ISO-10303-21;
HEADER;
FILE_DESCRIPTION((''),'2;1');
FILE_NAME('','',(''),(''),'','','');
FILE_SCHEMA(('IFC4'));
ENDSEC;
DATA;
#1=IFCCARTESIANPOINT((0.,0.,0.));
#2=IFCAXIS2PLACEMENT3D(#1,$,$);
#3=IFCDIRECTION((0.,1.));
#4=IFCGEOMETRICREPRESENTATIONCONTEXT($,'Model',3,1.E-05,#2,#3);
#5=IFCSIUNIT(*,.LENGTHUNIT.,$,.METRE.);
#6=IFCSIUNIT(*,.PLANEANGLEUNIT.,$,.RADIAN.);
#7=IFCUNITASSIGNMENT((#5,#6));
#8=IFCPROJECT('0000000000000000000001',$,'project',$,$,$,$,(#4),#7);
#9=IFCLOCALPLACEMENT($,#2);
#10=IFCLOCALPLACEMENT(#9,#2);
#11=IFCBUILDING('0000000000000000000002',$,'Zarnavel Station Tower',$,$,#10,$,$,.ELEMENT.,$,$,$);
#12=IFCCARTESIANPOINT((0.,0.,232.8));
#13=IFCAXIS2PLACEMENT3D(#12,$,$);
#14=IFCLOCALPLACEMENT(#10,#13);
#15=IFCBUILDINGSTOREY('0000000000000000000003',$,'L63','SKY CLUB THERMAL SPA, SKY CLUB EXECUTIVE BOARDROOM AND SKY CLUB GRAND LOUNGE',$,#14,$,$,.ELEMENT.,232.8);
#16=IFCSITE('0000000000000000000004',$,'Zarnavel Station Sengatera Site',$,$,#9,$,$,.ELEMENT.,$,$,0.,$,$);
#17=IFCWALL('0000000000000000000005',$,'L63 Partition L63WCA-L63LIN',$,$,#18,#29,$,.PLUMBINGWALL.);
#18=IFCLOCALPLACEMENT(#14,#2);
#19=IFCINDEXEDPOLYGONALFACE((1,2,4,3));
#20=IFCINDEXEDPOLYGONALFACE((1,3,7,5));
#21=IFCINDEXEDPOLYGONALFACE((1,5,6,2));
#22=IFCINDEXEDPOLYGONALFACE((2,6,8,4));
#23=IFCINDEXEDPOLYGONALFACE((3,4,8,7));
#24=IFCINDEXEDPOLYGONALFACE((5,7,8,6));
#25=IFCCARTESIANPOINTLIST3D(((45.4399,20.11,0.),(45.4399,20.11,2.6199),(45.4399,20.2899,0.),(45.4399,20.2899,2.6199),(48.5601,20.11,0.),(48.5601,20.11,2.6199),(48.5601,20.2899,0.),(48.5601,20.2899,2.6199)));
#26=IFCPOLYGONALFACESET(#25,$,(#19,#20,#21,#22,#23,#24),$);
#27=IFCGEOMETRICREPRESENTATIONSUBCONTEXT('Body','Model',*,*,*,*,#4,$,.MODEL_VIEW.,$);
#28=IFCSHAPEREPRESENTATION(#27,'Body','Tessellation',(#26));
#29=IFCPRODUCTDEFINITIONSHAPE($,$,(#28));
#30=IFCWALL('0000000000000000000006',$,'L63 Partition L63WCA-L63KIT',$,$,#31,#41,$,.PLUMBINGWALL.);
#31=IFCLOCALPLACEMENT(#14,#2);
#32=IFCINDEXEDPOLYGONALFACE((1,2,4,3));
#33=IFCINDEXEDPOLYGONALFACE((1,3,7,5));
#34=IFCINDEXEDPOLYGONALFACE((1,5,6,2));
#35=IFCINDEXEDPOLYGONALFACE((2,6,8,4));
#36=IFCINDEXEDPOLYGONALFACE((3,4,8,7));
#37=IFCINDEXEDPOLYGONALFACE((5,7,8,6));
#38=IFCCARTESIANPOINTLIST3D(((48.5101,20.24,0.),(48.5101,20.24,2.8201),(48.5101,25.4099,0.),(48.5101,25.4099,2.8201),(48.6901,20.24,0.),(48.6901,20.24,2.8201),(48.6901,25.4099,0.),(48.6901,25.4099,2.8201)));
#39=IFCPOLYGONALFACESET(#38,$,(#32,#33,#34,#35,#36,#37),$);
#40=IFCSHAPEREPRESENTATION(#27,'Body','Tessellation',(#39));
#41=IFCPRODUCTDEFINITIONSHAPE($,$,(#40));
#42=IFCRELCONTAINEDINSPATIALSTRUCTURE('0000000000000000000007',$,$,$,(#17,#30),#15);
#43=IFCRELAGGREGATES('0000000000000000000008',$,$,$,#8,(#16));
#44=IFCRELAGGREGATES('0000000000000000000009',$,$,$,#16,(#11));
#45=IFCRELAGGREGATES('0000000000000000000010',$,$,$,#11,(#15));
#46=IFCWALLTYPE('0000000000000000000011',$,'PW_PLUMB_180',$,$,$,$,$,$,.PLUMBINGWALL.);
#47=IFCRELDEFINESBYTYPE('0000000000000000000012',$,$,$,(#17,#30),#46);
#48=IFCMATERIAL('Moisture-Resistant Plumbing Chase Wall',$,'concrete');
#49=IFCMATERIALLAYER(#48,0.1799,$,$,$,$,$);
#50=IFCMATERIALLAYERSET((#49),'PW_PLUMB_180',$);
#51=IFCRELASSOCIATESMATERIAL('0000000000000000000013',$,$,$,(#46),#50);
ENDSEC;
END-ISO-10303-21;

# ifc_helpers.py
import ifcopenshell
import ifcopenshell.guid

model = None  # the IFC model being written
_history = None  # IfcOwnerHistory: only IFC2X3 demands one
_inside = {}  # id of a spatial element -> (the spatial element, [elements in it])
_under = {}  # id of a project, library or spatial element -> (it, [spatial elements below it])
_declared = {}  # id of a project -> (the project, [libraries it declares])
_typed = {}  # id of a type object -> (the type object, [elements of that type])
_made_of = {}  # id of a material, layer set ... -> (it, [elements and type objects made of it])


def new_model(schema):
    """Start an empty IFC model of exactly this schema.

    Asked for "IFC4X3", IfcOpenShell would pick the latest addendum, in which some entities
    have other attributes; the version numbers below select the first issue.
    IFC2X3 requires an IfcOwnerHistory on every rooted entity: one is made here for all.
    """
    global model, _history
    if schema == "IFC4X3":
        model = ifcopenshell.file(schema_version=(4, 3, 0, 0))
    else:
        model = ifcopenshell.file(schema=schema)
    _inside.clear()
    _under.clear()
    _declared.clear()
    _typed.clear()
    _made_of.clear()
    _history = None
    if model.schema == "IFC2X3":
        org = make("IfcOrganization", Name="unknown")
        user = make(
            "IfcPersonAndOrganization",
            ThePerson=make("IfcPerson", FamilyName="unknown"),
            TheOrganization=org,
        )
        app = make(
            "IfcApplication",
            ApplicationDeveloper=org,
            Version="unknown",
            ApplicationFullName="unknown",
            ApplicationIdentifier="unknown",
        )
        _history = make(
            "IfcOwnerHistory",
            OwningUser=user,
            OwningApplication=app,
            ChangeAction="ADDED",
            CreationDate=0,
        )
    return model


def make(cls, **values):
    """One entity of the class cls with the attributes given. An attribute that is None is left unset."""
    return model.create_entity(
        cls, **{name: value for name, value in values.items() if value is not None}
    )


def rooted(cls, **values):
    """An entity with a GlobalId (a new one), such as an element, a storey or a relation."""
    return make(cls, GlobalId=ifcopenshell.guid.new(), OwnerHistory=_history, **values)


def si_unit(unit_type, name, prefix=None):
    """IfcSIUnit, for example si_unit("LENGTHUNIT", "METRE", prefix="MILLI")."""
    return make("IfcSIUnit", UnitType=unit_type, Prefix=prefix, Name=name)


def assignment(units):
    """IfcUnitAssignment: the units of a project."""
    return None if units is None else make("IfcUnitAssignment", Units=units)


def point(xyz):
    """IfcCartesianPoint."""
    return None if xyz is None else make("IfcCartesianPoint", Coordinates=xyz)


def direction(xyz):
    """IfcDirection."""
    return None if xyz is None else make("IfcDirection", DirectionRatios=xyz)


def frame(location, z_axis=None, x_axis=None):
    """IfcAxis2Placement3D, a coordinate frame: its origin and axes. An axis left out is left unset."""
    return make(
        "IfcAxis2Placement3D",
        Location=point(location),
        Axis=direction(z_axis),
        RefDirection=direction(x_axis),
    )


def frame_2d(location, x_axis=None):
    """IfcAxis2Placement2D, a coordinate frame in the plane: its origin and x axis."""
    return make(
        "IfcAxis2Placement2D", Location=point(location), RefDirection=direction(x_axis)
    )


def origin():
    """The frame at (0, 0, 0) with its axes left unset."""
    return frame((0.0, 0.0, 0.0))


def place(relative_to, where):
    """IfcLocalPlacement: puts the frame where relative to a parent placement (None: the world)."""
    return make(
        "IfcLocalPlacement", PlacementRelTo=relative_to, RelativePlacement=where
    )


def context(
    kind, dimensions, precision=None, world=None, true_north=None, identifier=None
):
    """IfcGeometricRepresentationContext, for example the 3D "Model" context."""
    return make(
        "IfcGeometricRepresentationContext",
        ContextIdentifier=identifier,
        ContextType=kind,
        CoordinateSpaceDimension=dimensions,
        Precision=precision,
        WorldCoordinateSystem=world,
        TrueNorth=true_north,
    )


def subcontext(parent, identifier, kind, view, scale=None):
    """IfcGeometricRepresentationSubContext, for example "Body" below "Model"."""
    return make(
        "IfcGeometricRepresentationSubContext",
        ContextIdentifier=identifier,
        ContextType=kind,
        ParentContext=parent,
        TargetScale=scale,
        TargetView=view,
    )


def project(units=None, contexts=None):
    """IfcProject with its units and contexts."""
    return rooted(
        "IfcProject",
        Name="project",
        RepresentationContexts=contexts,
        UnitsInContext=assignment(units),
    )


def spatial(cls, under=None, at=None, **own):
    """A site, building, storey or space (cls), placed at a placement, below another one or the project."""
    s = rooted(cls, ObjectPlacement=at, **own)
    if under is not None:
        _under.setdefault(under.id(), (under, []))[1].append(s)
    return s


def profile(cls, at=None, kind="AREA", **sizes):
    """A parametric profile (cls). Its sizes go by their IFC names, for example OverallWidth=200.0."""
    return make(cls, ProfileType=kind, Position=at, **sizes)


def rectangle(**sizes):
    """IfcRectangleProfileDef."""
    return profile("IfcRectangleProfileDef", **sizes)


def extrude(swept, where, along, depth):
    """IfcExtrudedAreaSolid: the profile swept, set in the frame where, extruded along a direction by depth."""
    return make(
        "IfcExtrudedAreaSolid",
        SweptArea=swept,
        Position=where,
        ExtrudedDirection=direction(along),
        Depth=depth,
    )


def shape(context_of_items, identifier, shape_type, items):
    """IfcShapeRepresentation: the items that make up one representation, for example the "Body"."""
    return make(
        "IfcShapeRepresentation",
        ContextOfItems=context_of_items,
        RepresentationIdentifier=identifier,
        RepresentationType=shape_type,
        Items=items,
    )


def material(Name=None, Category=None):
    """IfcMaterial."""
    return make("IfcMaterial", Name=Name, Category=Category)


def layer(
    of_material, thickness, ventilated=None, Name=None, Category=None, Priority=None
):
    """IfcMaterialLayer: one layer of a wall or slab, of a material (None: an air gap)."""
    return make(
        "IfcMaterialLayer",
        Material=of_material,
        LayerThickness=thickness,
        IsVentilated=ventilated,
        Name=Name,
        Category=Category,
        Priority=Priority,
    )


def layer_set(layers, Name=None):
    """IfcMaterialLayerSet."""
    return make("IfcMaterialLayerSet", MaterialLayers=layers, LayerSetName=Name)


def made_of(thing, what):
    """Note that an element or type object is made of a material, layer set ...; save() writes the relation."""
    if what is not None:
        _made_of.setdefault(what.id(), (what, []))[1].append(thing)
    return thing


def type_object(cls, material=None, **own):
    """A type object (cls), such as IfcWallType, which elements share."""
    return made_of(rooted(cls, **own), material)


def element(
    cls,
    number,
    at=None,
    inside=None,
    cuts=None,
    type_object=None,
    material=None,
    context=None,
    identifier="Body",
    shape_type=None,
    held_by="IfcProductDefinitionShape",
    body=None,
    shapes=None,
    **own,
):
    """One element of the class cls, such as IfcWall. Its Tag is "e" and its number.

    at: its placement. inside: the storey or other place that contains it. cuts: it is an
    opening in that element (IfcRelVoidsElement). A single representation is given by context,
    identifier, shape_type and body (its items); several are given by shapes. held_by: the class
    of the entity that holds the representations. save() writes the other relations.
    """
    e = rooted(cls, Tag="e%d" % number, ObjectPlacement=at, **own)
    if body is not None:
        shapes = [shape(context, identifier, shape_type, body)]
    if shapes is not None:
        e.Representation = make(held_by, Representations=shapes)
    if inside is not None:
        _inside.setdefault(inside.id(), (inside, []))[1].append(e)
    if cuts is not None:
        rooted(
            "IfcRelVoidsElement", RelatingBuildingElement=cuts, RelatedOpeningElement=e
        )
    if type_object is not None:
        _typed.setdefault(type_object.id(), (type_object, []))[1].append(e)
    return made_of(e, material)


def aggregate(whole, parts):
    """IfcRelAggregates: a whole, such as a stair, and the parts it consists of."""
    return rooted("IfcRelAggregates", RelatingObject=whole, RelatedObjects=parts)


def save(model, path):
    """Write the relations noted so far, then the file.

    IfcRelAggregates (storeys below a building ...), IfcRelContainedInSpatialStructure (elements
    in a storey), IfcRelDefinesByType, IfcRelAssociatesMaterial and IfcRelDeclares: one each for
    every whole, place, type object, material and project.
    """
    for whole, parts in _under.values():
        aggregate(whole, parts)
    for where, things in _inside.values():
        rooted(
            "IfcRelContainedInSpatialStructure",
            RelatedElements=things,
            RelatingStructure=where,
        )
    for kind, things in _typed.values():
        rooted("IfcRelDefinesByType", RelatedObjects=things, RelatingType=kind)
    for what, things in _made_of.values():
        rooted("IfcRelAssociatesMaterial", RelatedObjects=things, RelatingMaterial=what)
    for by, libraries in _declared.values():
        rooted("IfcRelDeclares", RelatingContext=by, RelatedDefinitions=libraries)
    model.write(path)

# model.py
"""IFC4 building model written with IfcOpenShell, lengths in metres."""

from ifc_helpers import new_model, si_unit, direction, frame, frame_2d, origin, place, context, subcontext, project, spatial, rectangle, extrude, material, layer, layer_set, type_object, element, save


model = new_model("IFC4")

# Units and contexts
model_context = context("Model", 3, precision=1e-05, world=origin(), true_north=direction((0.0, 1.0)))
body_context = subcontext(model_context, "Body", "Model", "MODEL_VIEW")
ifc_project = project(units=[si_unit("LENGTHUNIT", "METRE"), si_unit("PLANEANGLEUNIT", "RADIAN")], contexts=[model_context])

# Site, building, storey
site_placement = place(None, origin())
site = spatial("IfcSite", under=ifc_project, at=site_placement, Name="Zarnavel Station Sengatera Site", CompositionType="ELEMENT", RefElevation=0.0)
building_placement = place(site_placement, origin())
building = spatial("IfcBuilding", under=site, at=building_placement, Name="Zarnavel Station Tower", CompositionType="ELEMENT")
storey_placement = place(building_placement, frame((0.0, 0.0, 232.8)))
storey = spatial("IfcBuildingStorey", under=building, at=storey_placement, Name="L63", Description="SKY CLUB THERMAL SPA, SKY CLUB EXECUTIVE BOARDROOM AND SKY CLUB GRAND LOUNGE", CompositionType="ELEMENT", Elevation=232.8)

# Walls
ifc_material_1 = material(Name="Moisture-Resistant Plumbing Chase Wall", Category="concrete")
ifc_layer_1 = layer(ifc_material_1, 0.1799)
ifc_layer_set_1 = layer_set([ifc_layer_1], Name="PW_PLUMB_180")
wall_type_1 = type_object("IfcWallType", Name="PW_PLUMB_180", PredefinedType="PLUMBINGWALL", material=ifc_layer_set_1)
wall_1_placement = place(storey_placement, frame((45.4399, 20.2, 0.0), z_axis=(0.0, 0.0, 1.0), x_axis=(1.0, 0.0, 0.0)))
element("IfcWall", 1, at=wall_1_placement, inside=storey, type_object=wall_type_1, Name="L63 Partition L63WCA-L63LIN", PredefinedType="PLUMBINGWALL", context=body_context, shape_type="SweptSolid", body=[
    extrude(rectangle(XDim=3.1201, YDim=0.1799, at=frame_2d((1.5601, 0.0))), origin(), (0.0, 0.0, 1.0), 2.6199),
])
wall_2_placement = place(storey_placement, frame((48.6001, 20.24, 0.0), z_axis=(0.0, 0.0, 1.0), x_axis=(0.0, 1.0, 0.0)))
element("IfcWall", 2, at=wall_2_placement, inside=storey, type_object=wall_type_1, Name="L63 Partition L63WCA-L63KIT", PredefinedType="PLUMBINGWALL", context=body_context, shape_type="SweptSolid", body=[
    extrude(rectangle(XDim=5.1699, YDim=0.1799, at=frame_2d((2.585, 0.0))), origin(), (0.0, 0.0, 1.0), 2.8201),
])

save(model, "model.ifc")
